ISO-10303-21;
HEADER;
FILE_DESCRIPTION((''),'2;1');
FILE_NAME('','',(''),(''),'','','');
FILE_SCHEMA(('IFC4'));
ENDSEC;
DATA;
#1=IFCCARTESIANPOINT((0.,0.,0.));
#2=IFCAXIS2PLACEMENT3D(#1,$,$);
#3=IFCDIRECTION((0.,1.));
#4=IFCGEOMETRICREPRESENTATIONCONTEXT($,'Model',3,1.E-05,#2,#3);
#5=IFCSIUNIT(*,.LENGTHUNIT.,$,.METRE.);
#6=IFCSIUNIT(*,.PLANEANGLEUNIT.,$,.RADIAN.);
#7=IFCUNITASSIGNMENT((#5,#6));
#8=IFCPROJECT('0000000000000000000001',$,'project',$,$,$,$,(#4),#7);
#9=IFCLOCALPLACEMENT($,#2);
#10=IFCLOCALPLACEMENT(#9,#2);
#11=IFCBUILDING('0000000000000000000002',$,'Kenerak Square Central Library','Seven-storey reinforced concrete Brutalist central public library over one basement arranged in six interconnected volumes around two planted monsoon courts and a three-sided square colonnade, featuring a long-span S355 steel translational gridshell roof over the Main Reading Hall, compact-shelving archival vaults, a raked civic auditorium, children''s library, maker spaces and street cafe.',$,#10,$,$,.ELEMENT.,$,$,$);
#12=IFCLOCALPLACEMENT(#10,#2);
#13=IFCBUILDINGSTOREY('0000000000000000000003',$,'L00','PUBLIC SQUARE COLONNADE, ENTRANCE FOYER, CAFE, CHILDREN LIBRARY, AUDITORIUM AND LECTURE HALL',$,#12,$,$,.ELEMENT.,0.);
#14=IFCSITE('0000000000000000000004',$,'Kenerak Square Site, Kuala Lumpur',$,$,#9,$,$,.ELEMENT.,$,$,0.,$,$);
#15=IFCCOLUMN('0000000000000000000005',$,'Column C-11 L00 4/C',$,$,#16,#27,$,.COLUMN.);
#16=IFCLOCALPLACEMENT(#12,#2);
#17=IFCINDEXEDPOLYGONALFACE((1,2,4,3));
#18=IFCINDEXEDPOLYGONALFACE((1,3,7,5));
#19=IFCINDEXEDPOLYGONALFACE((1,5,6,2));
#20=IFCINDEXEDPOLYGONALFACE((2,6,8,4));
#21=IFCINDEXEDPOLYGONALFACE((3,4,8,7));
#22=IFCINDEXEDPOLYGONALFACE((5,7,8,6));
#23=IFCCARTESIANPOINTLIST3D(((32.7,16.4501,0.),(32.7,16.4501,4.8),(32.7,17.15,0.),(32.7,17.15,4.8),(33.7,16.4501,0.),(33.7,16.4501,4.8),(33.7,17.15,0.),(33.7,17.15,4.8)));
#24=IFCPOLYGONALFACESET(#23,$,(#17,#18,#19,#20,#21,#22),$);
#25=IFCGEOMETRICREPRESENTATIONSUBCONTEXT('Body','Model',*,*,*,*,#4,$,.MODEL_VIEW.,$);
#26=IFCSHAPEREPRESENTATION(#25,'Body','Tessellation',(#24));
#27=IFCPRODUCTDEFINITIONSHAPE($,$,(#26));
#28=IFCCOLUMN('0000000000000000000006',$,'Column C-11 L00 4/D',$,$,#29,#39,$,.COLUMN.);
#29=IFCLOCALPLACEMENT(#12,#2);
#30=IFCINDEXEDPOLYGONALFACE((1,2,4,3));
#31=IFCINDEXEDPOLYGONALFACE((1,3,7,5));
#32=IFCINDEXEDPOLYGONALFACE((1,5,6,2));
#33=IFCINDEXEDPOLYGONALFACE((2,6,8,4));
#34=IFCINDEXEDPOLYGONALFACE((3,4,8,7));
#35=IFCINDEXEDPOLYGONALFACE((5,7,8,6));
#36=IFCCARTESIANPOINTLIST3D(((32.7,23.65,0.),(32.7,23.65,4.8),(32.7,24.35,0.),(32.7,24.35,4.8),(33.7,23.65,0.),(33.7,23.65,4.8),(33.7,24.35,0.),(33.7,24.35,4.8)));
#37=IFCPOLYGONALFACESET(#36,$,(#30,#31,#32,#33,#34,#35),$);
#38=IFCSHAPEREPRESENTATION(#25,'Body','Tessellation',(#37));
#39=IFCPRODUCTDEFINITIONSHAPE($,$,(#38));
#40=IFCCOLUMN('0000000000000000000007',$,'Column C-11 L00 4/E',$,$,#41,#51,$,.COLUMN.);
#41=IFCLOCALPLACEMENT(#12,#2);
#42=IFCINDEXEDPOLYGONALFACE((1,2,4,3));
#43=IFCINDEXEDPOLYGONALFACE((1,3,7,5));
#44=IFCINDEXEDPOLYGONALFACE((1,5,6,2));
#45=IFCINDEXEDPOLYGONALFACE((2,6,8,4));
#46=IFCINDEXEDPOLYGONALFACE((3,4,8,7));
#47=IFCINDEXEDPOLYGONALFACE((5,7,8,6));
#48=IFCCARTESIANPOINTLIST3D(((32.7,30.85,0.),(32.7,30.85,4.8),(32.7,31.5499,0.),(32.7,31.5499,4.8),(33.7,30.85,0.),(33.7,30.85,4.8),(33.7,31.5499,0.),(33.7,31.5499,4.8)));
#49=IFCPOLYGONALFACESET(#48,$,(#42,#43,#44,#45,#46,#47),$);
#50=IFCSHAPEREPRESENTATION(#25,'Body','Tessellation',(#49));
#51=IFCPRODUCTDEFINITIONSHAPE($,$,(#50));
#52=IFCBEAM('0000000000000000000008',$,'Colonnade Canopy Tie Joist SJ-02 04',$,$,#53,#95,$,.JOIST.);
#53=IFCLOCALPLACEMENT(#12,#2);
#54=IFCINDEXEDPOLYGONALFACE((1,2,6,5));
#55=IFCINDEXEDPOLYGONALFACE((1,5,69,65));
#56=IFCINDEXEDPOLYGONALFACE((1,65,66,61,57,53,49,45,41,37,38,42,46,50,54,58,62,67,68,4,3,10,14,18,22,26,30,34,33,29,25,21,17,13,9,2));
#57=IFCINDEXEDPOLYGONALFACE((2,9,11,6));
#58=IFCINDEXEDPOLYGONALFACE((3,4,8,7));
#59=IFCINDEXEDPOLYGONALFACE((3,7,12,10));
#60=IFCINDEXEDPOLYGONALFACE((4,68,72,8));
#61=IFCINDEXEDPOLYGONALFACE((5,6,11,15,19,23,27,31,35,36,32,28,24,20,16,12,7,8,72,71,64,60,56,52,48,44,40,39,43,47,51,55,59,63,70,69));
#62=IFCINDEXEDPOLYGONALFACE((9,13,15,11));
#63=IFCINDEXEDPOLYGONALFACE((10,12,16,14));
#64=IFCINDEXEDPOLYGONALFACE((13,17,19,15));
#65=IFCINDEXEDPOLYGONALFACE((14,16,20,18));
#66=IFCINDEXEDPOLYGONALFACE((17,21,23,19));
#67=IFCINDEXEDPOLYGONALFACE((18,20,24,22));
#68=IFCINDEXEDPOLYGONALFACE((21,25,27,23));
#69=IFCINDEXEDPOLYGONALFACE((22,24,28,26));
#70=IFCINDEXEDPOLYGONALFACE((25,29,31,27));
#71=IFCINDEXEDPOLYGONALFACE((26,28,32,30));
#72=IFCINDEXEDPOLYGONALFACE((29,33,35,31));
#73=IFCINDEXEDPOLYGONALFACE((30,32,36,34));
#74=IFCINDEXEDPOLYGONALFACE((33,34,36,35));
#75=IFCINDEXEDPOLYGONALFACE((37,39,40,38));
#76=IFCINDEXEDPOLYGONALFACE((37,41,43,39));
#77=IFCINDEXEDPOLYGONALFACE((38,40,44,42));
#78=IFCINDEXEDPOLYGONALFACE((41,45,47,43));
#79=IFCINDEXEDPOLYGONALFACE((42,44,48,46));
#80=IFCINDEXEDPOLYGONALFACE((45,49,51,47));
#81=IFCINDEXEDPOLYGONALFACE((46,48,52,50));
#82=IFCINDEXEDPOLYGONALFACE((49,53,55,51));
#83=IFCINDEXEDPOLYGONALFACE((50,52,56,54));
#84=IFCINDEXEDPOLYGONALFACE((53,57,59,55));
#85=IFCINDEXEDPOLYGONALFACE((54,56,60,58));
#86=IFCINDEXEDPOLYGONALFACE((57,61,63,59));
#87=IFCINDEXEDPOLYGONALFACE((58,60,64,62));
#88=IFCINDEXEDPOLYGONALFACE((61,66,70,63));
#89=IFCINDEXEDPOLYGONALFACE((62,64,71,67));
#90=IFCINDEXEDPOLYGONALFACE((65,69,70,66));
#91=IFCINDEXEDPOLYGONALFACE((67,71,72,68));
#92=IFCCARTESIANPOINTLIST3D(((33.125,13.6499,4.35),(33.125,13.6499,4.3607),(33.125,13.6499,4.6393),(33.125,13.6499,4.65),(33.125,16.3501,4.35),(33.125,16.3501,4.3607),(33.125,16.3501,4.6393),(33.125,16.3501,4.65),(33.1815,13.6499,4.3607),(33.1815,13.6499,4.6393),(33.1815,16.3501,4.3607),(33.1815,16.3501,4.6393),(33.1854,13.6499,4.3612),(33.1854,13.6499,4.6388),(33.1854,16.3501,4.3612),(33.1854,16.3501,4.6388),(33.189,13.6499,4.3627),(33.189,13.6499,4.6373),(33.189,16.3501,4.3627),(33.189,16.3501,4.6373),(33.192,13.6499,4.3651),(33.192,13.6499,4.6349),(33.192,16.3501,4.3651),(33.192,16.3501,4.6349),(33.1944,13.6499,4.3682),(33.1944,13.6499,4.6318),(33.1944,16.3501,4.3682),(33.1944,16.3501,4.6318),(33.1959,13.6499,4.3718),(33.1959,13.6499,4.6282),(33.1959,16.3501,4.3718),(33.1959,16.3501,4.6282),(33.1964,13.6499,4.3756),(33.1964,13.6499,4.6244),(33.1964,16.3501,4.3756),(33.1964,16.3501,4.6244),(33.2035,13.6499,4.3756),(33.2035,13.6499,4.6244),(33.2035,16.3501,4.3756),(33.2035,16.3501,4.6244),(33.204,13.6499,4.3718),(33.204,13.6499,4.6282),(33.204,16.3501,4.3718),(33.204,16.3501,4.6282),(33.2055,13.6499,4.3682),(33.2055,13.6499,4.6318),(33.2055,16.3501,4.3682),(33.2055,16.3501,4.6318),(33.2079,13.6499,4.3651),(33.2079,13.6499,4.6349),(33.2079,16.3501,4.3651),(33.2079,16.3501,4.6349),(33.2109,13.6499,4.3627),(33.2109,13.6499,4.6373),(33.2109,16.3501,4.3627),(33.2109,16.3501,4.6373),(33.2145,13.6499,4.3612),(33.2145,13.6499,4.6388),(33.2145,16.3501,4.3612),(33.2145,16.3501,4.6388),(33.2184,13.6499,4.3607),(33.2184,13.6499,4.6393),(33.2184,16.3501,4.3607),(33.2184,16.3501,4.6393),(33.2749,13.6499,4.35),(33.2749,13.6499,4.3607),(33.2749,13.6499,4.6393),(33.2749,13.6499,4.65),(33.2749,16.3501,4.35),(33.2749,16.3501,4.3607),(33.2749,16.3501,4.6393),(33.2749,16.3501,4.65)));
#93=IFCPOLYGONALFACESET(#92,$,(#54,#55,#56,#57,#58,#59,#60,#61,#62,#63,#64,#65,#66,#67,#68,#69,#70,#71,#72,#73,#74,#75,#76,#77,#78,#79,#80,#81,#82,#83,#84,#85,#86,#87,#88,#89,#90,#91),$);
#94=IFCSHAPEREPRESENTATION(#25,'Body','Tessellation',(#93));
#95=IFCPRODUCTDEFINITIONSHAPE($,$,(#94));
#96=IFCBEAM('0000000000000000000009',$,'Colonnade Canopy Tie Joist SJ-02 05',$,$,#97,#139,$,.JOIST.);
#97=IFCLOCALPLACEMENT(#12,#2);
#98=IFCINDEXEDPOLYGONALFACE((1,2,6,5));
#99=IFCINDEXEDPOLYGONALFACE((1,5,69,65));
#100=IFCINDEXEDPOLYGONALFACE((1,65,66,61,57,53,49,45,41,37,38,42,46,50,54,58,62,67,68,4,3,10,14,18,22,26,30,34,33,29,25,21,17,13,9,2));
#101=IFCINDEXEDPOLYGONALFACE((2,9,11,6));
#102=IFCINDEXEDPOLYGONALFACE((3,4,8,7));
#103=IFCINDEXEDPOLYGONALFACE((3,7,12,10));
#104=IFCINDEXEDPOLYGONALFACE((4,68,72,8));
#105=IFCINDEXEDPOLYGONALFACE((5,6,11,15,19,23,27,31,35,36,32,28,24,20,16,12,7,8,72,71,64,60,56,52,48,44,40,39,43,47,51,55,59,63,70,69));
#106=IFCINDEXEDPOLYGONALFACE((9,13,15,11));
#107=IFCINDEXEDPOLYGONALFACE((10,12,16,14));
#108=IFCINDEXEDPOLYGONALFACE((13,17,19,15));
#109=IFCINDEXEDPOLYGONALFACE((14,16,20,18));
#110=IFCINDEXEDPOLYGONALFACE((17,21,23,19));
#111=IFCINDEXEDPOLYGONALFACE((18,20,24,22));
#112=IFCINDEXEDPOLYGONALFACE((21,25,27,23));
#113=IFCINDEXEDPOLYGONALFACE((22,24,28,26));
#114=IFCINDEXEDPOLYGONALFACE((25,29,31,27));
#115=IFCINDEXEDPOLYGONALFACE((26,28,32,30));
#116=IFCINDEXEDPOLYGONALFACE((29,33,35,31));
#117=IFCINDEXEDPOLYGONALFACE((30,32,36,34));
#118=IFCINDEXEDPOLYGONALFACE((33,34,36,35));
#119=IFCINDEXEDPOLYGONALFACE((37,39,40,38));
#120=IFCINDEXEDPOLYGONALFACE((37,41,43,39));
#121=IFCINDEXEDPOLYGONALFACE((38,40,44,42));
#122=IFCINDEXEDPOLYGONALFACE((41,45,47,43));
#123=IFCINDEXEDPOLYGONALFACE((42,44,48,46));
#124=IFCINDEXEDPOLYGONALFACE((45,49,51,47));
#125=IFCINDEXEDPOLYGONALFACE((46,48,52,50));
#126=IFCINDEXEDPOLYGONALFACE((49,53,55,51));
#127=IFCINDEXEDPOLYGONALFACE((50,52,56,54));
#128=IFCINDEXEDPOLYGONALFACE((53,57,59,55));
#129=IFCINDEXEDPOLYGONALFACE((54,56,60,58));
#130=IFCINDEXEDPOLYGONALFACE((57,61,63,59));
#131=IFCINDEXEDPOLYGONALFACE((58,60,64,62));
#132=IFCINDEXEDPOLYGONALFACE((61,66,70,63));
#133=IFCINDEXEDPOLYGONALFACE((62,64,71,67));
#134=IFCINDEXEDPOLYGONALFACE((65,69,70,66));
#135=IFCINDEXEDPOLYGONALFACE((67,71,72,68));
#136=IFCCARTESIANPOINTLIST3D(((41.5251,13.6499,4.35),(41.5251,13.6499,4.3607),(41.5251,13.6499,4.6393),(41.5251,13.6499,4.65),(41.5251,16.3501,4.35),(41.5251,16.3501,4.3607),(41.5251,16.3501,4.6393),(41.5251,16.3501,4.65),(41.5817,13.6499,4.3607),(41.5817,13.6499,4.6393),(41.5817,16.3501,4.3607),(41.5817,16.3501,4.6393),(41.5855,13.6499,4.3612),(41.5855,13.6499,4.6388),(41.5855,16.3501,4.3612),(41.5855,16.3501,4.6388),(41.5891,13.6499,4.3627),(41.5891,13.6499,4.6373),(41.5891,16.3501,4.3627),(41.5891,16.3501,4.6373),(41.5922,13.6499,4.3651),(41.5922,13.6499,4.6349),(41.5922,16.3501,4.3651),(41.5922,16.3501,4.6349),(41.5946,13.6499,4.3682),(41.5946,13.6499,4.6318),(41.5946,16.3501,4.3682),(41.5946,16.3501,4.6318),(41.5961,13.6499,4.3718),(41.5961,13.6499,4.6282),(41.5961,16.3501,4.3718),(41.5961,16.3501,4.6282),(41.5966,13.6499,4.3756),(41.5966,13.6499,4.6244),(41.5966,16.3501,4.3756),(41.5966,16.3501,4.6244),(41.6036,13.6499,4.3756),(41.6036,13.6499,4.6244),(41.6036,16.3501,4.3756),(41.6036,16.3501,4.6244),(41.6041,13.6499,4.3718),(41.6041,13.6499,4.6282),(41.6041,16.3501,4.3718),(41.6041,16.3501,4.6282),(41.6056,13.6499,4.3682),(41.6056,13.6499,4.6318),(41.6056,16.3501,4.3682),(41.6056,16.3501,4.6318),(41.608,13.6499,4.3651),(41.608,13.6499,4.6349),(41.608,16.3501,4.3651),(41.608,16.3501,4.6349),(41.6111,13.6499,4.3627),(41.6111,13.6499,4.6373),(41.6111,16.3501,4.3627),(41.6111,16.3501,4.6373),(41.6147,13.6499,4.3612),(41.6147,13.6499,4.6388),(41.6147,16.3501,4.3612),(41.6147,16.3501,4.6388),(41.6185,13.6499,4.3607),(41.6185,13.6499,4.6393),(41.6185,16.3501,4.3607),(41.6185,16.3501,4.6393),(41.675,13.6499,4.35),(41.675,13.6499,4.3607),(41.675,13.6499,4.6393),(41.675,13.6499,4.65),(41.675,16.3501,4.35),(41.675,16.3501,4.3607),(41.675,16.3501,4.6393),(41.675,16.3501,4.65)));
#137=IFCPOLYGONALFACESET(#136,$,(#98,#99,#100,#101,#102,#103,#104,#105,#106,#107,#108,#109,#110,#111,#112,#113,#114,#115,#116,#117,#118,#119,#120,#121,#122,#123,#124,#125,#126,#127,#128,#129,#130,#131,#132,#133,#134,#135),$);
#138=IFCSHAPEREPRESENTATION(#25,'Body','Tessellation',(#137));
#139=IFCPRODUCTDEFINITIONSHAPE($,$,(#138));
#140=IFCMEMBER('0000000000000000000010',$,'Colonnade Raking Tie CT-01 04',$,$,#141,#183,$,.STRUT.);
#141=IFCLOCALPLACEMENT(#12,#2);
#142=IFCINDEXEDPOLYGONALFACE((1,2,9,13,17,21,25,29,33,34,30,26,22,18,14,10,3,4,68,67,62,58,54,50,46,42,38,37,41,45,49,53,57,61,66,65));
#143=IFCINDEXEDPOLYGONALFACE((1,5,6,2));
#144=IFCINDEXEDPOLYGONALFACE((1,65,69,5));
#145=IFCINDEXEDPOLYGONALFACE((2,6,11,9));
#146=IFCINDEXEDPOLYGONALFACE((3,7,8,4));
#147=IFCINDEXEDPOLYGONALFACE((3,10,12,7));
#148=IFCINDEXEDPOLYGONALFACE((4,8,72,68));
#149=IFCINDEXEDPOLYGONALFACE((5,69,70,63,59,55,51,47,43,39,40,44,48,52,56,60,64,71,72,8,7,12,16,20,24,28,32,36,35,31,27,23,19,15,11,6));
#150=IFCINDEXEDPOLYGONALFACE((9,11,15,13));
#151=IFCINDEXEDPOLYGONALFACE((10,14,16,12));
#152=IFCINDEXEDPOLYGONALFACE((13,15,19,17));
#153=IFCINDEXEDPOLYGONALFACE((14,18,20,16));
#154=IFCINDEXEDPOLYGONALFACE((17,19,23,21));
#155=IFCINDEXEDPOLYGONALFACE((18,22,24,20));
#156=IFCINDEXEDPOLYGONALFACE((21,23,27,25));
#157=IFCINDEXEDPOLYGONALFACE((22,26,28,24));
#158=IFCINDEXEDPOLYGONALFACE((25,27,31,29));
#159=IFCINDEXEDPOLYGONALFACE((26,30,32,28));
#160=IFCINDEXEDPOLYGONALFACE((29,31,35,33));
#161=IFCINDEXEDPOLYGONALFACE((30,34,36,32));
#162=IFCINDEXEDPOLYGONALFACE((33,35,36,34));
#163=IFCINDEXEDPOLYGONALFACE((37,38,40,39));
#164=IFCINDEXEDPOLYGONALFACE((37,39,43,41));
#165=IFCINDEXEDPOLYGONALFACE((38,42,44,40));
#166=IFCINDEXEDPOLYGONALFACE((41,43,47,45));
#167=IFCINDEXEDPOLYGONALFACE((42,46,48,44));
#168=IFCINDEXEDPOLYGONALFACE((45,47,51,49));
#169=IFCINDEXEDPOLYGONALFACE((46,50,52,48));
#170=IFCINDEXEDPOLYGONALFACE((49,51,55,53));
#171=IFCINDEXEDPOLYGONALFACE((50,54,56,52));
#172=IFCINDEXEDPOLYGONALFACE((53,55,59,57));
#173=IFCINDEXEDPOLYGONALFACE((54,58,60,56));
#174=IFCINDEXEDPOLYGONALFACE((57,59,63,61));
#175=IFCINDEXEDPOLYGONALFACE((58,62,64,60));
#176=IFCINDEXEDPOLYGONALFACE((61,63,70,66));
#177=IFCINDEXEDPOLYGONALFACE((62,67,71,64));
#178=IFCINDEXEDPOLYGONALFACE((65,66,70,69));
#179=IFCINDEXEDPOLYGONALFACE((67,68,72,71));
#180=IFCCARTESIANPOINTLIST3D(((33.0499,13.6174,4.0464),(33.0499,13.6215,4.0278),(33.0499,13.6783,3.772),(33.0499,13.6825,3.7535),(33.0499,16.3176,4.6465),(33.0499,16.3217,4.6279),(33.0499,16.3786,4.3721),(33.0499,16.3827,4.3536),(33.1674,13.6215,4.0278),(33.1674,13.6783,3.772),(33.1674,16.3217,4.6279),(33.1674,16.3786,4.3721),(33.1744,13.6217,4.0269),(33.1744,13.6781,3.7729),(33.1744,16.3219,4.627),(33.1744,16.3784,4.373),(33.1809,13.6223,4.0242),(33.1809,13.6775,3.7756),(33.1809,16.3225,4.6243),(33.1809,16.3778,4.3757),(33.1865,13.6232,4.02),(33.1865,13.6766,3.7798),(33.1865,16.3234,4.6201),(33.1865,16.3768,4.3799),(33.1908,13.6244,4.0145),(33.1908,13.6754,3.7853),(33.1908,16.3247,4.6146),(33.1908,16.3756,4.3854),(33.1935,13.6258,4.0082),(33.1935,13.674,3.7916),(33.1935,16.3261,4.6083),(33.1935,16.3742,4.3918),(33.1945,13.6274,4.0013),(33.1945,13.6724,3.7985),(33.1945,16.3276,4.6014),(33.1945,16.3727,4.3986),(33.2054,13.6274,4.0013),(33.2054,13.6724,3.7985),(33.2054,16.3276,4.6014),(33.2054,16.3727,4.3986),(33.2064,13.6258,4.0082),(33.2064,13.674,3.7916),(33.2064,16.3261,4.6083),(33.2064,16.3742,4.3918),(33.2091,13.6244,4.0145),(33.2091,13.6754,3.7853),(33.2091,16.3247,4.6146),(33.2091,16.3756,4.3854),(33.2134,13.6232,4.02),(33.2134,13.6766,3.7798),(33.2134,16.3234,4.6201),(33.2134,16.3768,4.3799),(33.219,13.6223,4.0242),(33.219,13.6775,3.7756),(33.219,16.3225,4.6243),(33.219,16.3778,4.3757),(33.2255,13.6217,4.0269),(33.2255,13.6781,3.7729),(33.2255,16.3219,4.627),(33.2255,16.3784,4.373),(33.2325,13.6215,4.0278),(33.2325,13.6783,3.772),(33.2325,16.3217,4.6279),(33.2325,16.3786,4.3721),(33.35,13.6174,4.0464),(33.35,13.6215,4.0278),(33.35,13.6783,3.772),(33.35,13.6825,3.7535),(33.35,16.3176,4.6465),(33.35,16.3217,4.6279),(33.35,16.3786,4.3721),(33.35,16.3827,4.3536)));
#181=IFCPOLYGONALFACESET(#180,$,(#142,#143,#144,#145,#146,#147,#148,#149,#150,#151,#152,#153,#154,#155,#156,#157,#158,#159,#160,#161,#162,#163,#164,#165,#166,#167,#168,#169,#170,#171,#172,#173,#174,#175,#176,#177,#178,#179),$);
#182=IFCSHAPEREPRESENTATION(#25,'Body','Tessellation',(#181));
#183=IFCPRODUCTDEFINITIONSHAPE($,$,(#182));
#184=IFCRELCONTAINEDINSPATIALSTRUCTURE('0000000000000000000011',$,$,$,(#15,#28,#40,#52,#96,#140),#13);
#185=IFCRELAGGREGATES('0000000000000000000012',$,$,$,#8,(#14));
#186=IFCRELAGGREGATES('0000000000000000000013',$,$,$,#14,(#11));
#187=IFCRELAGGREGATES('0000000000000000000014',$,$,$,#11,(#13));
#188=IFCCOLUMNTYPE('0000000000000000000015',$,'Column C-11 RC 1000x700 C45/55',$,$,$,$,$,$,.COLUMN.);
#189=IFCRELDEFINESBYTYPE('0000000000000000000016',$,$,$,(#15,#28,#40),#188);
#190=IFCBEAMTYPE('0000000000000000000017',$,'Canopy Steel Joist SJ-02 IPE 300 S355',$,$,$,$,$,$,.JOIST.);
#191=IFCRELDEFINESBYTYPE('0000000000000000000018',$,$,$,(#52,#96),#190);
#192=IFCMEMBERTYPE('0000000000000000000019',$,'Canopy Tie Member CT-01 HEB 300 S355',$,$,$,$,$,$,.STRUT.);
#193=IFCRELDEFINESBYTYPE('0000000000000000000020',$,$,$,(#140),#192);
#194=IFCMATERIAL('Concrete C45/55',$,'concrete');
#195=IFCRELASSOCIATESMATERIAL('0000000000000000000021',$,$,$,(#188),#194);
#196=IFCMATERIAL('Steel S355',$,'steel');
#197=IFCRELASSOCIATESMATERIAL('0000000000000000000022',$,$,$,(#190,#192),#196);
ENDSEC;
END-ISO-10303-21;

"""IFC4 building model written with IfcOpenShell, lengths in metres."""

from ifc_helpers import new_model, si_unit, direction, frame, origin, origin_2d, place, context, subcontext, project, spatial, rectangle, i_section, extrude, material, material_profile, profile_set, type_object, element, save


model = new_model("IFC4")

# Units and contexts
model_context = context("Model", 3, precision=1e-05, world=origin(), true_north=direction((0.0, 1.0)))
body_context = subcontext(model_context, "Body", "Model", "MODEL_VIEW")
ifc_project = project(units=[si_unit("LENGTHUNIT", "METRE"), si_unit("PLANEANGLEUNIT", "RADIAN")], contexts=[model_context])

# Site, building, storey
site_placement = place(None, origin())
site = spatial("IfcSite", under=ifc_project, at=site_placement, Name="Kenerak Square Site, Kuala Lumpur", CompositionType="ELEMENT", RefElevation=0.0)
building_placement = place(site_placement, origin())
building = spatial("IfcBuilding", under=site, at=building_placement, Name="Kenerak Square Central Library", Description="Seven-storey reinforced concrete Brutalist central public library over one basement arranged in six interconnected volumes around two planted monsoon courts and a three-sided square colonnade, featuring a long-span S355 steel translational gridshell roof over the Main Reading Hall, compact-shelving archival vaults, a raked civic auditorium, children's library, maker spaces and street cafe.", CompositionType="ELEMENT")
storey_placement = place(building_placement, origin())
storey = spatial("IfcBuildingStorey", under=building, at=storey_placement, Name="L00", Description="PUBLIC SQUARE COLONNADE, ENTRANCE FOYER, CAFE, CHILDREN LIBRARY, AUDITORIUM AND LECTURE HALL", CompositionType="ELEMENT", Elevation=0.0)

# Columns
ifc_material_1 = material(Name="Concrete C45/55", Category="concrete")
ifc_material_profile_1 = material_profile(ifc_material_1, rectangle(XDim=1.0, YDim=0.7, at=origin_2d()), Name="RC 1000x700")
ifc_profile_set_1 = profile_set([ifc_material_profile_1], Name="Concrete C45/55")
column_type = type_object("IfcColumnType", Name="Column C-11 RC 1000x700 C45/55", PredefinedType="COLUMN", material=ifc_profile_set_1)
for number, where, z_axis, x_axis, name in (
    (1, (33.2, 16.8, 0.0), (0.0, 0.0, 1.0), (1.0, 0.0, 0.0), "Column C-11 L00 4/C"),
    (2, (33.2, 24.0, 0.0), (0.0, 0.0, 1.0), (1.0, 0.0, 0.0), "Column C-11 L00 4/D"),
    (3, (33.2, 31.2, 0.0), (0.0, 0.0, 1.0), (1.0, 0.0, 0.0), "Column C-11 L00 4/E"),
):
    element("IfcColumn", number, at=place(storey_placement, frame(where, z_axis=z_axis, x_axis=x_axis)), inside=storey, type_object=column_type, Name=name, PredefinedType="COLUMN", context=body_context, shape_type="SweptSolid", body=[
        extrude(rectangle(XDim=1.0, YDim=0.7, at=origin_2d()), origin(), (0.0, 0.0, 1.0), 4.8),
    ])

# Beams
ifc_material_2 = material(Name="Steel S355", Category="steel")
ifc_material_profile_2 = material_profile(ifc_material_2, i_section(OverallWidth=0.1499, OverallDepth=0.3, WebThickness=0.0071, FlangeThickness=0.0107, FilletRadius=0.0149, at=origin_2d()), Name="IPE 300")
ifc_profile_set_2 = profile_set([ifc_material_profile_2], Name="Steel S355")
beam_type_1 = type_object("IfcBeamType", Name="Canopy Steel Joist SJ-02 IPE 300 S355", PredefinedType="JOIST", material=ifc_profile_set_2)
for number, where, z_axis, x_axis, name in (
    (4, (33.2, 13.6499, 4.5), (0.0, 1.0, 0.0), (-1.0, 0.0, 0.0), "Colonnade Canopy Tie Joist SJ-02 04"),
    (5, (41.6001, 13.6499, 4.5), (0.0, 1.0, 0.0), (-1.0, 0.0, 0.0), "Colonnade Canopy Tie Joist SJ-02 05"),
):
    element("IfcBeam", number, at=place(storey_placement, frame(where, z_axis=z_axis, x_axis=x_axis)), inside=storey, type_object=beam_type_1, Name=name, PredefinedType="JOIST", context=body_context, shape_type="SweptSolid", body=[
        extrude(i_section(OverallWidth=0.1499, OverallDepth=0.3, WebThickness=0.0071, FlangeThickness=0.0107, FilletRadius=0.0149, at=origin_2d()), origin(), (0.0, 0.0, 1.0), 2.7002),
    ])

# Member
ifc_material_profile_3 = material_profile(ifc_material_2, i_section(OverallWidth=0.3, OverallDepth=0.3, WebThickness=0.011, FlangeThickness=0.019, FilletRadius=0.0271, at=origin_2d()), Name="HEB 300")
ifc_profile_set_3 = profile_set([ifc_material_profile_3], Name="Steel S355")
member_type_1 = type_object("IfcMemberType", Name="Canopy Tie Member CT-01 HEB 300 S355", PredefinedType="STRUT", material=ifc_profile_set_3)
member_1_placement = place(storey_placement, frame((33.2, 13.6499, 3.8999), z_axis=(0.0, 0.976183, 0.216949), x_axis=(-1.0, 0.0, 0.0)))
element("IfcMember", 6, at=member_1_placement, inside=storey, type_object=member_type_1, Name="Colonnade Raking Tie CT-01 04", PredefinedType="STRUT", context=body_context, shape_type="SweptSolid", body=[
    extrude(i_section(OverallWidth=0.3, OverallDepth=0.3, WebThickness=0.011, FlangeThickness=0.019, FilletRadius=0.0271, at=origin_2d()), origin(), (0.0, 0.0, 1.0), 2.7661),
])

save(model, "model.ifc")
